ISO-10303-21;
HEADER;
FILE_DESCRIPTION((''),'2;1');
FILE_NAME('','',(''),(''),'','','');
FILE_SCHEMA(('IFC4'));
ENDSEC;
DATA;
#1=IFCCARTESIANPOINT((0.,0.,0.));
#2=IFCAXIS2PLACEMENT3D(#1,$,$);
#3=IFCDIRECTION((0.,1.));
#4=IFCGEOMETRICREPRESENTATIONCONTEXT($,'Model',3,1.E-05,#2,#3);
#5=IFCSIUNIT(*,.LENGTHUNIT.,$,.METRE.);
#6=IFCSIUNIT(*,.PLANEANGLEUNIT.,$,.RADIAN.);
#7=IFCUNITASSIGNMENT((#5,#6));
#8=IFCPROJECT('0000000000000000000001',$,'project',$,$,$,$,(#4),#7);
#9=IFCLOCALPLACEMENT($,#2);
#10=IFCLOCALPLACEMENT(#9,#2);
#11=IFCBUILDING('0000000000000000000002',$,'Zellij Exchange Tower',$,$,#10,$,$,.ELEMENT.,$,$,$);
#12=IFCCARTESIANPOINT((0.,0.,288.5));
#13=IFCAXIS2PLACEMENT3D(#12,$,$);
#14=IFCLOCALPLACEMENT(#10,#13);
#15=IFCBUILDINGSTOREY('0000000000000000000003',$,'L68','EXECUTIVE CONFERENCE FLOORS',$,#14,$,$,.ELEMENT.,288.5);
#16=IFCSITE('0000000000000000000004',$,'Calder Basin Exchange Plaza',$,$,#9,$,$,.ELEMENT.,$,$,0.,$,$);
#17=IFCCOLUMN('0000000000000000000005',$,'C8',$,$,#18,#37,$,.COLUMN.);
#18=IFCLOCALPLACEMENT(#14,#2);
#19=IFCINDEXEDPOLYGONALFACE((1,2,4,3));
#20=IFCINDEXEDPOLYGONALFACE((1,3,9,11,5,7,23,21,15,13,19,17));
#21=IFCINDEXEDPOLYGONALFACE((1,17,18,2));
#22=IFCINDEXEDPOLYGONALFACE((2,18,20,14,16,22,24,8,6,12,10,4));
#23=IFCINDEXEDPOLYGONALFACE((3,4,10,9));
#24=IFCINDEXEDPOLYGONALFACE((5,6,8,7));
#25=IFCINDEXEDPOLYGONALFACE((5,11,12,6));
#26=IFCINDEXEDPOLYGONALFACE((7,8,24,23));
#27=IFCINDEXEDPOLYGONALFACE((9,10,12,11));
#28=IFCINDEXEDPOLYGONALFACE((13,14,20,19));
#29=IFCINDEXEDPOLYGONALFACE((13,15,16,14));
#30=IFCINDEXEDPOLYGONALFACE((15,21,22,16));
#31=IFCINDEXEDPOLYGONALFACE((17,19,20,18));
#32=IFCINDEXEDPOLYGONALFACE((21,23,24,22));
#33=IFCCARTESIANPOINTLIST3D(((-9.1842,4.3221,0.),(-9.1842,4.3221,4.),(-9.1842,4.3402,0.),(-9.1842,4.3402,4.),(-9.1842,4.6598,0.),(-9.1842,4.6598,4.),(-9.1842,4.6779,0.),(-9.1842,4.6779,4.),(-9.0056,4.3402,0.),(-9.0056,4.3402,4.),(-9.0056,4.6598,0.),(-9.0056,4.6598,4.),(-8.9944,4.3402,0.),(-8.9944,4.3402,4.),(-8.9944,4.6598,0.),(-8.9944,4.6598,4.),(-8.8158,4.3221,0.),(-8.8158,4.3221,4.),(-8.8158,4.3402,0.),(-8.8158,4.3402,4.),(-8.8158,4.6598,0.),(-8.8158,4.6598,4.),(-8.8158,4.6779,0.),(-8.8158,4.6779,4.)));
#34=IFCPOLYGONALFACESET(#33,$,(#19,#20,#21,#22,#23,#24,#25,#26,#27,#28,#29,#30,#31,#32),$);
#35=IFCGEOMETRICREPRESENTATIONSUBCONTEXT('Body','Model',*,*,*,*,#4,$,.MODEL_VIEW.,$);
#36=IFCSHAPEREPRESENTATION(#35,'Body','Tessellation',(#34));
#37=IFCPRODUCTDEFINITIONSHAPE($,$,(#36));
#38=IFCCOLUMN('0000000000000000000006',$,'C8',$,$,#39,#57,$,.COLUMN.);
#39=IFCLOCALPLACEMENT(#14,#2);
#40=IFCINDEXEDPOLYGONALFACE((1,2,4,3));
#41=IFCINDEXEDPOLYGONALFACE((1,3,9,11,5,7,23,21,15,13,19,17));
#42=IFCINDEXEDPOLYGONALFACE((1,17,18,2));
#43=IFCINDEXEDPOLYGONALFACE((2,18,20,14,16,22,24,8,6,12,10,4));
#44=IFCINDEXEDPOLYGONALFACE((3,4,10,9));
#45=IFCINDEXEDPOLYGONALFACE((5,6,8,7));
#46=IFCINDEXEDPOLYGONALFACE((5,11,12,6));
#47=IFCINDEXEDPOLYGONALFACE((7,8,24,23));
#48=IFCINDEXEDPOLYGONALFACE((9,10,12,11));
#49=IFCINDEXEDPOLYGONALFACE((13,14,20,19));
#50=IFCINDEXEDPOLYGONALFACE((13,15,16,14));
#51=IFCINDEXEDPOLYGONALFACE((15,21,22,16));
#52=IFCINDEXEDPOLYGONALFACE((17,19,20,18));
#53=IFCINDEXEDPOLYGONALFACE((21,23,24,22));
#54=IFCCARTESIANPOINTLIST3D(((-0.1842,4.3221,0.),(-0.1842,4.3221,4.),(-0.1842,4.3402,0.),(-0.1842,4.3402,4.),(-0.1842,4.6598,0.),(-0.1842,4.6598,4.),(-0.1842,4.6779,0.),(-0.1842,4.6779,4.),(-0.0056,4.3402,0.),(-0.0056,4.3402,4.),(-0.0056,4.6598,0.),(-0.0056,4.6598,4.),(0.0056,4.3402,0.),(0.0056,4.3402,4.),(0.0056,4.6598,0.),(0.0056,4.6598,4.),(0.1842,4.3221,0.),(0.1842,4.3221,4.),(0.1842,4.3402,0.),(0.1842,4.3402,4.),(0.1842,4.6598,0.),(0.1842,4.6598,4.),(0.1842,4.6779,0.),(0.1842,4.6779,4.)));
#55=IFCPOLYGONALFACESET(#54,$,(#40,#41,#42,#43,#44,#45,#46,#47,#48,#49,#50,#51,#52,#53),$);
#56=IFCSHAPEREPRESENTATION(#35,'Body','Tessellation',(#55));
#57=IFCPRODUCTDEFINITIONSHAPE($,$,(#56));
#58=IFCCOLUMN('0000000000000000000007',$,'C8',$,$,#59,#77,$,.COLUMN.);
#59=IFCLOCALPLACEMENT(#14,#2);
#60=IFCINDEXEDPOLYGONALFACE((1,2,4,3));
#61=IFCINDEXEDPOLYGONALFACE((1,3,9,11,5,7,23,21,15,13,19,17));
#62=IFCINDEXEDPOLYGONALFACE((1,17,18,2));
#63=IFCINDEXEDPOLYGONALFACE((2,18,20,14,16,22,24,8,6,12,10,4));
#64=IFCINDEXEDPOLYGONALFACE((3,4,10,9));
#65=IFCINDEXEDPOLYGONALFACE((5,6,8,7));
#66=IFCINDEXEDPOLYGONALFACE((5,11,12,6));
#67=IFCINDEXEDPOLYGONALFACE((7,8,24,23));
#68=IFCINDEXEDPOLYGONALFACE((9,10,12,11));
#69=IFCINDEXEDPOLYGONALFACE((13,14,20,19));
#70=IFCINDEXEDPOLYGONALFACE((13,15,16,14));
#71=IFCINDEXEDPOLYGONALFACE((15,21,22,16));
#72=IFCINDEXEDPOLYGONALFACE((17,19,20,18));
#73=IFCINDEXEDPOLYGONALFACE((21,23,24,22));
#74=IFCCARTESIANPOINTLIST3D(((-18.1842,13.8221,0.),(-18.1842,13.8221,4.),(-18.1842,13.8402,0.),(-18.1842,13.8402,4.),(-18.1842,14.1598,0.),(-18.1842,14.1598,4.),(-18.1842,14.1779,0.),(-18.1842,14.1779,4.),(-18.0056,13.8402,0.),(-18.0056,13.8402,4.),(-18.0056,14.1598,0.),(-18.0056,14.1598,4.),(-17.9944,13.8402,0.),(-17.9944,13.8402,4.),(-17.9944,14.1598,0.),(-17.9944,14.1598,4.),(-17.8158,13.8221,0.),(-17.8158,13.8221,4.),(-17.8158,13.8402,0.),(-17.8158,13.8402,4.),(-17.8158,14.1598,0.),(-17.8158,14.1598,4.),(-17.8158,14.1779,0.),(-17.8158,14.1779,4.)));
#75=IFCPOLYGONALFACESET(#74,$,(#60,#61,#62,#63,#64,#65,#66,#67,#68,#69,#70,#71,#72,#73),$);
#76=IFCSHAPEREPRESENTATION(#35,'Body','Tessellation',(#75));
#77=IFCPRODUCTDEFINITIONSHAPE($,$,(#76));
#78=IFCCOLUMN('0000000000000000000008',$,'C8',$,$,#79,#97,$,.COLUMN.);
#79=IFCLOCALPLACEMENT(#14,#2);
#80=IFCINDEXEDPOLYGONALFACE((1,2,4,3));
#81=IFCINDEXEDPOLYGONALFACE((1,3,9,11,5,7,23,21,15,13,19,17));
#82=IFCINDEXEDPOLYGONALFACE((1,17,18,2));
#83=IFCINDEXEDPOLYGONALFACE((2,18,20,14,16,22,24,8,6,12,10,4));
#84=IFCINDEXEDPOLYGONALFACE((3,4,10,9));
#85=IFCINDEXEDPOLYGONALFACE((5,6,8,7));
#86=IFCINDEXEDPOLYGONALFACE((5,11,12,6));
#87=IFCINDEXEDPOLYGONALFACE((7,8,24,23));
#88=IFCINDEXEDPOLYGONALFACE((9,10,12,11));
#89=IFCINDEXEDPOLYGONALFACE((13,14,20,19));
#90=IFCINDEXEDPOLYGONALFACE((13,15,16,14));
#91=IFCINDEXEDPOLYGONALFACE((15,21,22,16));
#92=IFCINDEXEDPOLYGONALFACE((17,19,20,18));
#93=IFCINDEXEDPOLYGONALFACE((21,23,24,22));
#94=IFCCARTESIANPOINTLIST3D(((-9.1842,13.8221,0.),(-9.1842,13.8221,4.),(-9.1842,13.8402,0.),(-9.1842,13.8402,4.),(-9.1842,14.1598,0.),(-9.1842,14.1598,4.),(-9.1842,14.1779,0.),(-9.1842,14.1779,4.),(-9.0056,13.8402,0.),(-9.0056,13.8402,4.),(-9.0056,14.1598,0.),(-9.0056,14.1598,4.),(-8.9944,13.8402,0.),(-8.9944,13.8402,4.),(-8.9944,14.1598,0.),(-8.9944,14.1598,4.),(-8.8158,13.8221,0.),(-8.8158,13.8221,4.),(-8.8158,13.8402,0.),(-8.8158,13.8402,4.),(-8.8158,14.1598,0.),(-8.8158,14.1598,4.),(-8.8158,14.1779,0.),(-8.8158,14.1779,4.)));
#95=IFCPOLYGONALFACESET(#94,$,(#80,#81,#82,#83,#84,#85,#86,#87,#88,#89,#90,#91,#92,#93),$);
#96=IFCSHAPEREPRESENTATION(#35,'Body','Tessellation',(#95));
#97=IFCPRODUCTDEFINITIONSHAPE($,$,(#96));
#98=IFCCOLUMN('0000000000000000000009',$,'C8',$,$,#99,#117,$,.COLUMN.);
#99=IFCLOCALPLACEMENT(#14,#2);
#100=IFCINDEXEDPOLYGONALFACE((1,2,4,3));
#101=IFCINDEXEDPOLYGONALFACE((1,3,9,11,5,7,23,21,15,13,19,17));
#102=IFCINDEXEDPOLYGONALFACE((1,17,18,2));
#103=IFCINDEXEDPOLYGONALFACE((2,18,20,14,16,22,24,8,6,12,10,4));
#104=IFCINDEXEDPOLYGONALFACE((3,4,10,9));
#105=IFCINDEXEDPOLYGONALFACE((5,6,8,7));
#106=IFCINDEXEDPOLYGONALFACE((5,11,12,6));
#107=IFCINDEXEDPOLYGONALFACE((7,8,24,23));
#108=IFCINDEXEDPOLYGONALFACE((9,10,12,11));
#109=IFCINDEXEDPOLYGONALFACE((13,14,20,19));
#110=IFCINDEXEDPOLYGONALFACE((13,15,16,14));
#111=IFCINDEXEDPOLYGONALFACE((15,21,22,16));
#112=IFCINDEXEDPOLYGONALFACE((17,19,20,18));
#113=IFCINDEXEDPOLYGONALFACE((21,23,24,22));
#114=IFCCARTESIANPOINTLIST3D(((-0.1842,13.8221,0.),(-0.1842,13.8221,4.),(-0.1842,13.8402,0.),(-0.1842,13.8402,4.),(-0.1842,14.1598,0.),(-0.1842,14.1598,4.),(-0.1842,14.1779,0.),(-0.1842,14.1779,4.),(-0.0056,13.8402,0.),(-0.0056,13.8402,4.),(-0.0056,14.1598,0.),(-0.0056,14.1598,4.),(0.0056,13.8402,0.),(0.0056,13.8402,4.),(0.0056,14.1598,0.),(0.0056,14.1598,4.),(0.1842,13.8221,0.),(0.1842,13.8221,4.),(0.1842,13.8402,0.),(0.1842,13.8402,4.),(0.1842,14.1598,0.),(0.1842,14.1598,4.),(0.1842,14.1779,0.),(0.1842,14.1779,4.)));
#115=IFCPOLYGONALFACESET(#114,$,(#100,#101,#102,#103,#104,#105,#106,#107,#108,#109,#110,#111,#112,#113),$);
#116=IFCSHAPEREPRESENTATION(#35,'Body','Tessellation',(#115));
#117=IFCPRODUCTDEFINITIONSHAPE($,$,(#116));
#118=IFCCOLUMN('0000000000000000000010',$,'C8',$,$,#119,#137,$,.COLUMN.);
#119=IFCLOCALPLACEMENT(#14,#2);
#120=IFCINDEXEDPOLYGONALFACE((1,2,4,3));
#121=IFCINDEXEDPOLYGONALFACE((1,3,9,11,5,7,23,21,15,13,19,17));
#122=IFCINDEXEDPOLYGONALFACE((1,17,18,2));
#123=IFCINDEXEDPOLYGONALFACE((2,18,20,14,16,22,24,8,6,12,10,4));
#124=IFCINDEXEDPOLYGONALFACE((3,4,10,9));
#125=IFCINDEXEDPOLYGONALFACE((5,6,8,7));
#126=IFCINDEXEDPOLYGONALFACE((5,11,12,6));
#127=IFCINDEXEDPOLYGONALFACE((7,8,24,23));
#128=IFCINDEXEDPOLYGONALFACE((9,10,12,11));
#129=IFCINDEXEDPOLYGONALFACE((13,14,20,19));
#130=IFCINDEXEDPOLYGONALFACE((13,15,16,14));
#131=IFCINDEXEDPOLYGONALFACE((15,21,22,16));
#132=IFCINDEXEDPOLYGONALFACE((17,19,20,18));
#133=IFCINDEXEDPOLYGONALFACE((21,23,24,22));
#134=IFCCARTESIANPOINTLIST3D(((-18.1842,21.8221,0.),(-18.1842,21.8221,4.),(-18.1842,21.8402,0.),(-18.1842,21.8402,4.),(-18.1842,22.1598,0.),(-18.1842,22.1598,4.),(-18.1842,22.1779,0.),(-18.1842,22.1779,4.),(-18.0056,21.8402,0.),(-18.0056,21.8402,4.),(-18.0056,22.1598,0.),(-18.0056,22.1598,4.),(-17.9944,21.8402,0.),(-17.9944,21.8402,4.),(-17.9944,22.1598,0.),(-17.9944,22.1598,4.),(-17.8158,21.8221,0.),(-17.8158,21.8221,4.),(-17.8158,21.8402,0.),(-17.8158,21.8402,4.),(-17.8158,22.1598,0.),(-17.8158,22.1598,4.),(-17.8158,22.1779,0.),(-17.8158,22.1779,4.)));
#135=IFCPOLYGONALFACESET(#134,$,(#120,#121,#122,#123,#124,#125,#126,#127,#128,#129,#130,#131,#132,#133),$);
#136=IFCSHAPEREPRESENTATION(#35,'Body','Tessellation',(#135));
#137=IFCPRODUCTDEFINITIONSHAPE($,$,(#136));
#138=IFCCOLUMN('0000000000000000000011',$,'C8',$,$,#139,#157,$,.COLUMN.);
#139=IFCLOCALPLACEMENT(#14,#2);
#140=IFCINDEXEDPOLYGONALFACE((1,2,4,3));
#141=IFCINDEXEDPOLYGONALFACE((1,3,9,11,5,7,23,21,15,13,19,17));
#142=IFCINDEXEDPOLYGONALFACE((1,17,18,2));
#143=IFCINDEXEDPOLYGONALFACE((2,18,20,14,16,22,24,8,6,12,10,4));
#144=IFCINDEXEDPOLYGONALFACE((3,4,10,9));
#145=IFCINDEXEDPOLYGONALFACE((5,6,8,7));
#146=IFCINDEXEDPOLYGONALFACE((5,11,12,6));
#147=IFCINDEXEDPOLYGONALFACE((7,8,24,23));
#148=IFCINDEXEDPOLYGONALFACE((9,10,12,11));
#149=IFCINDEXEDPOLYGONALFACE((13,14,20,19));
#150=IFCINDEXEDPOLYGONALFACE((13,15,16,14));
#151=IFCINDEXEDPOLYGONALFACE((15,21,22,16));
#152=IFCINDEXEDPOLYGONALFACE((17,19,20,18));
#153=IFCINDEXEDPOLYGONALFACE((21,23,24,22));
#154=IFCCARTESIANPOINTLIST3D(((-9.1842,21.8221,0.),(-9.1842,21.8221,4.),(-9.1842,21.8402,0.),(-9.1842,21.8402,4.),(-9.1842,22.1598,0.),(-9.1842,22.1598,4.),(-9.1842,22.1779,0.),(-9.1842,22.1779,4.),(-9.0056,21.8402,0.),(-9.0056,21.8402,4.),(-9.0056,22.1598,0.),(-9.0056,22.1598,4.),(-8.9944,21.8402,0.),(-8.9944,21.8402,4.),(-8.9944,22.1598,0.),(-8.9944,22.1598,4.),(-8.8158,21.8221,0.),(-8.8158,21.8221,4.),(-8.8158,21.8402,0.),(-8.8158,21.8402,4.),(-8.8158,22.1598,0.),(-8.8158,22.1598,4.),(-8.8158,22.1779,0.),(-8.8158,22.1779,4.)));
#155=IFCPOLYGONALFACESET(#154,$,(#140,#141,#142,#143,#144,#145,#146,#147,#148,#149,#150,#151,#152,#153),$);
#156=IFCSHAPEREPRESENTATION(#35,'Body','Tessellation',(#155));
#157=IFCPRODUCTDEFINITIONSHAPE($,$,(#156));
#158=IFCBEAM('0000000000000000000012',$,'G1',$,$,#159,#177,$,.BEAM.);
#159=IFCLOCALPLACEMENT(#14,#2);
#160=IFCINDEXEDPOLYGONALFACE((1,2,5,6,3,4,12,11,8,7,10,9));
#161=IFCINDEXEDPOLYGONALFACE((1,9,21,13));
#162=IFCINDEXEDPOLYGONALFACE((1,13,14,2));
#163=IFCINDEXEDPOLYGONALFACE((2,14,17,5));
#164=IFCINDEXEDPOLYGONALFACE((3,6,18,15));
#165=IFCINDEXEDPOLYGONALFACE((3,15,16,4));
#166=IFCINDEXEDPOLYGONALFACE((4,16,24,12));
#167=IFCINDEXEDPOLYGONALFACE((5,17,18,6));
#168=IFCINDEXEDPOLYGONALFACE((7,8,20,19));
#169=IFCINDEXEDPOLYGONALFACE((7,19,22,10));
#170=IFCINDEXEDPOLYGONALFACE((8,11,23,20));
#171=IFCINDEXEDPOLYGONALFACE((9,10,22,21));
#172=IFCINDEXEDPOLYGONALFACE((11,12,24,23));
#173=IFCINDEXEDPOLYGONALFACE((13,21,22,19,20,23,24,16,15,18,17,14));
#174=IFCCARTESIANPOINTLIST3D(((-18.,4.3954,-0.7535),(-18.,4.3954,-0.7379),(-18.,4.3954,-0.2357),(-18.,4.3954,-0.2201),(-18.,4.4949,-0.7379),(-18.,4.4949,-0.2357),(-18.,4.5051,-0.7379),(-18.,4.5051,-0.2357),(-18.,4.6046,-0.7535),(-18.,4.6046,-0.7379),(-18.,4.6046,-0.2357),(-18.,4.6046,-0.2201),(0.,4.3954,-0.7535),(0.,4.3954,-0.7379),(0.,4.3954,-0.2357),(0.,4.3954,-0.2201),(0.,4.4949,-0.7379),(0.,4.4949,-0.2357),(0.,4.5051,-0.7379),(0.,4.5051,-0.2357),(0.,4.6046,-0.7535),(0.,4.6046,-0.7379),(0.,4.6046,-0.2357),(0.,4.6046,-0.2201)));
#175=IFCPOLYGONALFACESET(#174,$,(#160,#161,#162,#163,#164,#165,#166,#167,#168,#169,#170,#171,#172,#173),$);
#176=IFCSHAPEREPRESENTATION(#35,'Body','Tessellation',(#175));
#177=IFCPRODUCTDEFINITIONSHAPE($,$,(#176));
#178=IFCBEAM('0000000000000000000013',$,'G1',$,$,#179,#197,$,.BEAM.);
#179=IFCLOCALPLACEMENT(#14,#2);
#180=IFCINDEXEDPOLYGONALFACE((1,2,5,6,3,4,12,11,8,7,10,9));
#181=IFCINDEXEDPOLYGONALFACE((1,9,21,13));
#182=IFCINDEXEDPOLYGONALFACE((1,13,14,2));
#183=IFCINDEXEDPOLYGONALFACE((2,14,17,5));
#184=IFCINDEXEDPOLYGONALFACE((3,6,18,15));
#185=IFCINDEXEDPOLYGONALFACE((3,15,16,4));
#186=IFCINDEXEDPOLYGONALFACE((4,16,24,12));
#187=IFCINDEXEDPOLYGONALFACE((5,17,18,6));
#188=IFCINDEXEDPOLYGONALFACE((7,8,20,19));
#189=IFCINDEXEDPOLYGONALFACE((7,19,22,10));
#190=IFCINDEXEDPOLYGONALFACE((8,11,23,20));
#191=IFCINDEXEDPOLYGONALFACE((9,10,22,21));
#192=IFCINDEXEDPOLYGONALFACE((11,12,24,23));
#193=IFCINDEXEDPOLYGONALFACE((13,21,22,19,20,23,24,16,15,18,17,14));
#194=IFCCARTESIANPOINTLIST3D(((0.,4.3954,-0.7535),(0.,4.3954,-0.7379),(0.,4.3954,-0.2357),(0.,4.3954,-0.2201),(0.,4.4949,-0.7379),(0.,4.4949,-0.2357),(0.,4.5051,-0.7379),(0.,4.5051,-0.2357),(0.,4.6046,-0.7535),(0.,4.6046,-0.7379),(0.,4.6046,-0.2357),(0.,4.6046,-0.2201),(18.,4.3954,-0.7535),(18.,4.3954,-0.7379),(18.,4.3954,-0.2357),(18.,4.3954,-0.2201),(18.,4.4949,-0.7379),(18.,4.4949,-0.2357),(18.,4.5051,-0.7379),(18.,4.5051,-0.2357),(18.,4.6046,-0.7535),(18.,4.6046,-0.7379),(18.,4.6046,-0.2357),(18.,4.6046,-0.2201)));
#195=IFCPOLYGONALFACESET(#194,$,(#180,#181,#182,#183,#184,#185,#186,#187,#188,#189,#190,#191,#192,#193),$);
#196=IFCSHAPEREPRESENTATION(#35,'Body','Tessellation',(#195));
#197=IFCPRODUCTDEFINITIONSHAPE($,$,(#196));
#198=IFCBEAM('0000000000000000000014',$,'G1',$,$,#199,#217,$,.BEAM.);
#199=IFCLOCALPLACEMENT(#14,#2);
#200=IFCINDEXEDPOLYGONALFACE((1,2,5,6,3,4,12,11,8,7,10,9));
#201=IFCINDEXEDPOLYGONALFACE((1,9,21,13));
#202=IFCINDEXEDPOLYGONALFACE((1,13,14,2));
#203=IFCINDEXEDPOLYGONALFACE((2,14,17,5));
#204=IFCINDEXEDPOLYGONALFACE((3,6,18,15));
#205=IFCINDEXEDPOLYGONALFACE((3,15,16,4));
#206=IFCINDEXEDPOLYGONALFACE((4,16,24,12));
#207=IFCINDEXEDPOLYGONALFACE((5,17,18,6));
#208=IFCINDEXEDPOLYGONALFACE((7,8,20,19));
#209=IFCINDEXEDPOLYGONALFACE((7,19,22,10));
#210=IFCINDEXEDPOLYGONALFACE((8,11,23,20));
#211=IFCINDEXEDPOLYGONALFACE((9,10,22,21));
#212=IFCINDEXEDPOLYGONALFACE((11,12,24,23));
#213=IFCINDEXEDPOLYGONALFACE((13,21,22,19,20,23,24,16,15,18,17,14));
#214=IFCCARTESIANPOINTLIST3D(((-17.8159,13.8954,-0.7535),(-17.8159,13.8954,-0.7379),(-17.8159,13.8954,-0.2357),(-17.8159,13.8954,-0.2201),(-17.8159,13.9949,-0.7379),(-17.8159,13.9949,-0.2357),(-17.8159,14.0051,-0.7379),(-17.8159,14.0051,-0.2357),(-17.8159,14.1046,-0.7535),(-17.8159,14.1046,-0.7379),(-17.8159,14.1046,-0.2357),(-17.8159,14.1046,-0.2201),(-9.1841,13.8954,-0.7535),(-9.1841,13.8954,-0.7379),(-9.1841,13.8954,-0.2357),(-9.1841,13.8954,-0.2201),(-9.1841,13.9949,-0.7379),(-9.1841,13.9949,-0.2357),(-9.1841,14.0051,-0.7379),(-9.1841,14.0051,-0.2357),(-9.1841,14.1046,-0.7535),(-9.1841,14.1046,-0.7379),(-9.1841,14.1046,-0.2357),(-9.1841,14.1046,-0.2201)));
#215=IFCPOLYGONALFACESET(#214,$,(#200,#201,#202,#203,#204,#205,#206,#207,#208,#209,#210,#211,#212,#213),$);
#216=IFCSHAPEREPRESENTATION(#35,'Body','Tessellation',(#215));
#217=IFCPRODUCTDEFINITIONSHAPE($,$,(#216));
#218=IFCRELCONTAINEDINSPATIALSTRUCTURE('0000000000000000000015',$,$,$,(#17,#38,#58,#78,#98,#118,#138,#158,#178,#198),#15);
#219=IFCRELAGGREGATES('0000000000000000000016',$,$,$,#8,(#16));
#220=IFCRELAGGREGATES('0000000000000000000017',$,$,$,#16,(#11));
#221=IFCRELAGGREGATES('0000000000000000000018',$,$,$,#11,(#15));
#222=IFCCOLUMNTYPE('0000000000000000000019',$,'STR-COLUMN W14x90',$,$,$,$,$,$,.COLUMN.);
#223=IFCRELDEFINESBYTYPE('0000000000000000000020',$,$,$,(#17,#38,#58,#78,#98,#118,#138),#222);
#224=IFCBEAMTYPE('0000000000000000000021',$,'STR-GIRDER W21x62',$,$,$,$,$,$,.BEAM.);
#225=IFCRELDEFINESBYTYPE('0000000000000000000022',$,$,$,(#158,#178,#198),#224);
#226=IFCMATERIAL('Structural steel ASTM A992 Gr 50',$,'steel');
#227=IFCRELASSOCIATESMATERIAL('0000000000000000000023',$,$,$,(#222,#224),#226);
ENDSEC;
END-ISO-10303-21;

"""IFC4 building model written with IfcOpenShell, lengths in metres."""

from ifc_helpers import new_model, si_unit, direction, frame, origin, origin_2d, place, context, subcontext, project, spatial, i_section, extrude, material, material_profile, profile_set, type_object, element, save


model = new_model("IFC4")

# Units and contexts
model_context = context("Model", 3, precision=1e-05, world=origin(), true_north=direction((0.0, 1.0)))
body_context = subcontext(model_context, "Body", "Model", "MODEL_VIEW")
ifc_project = project(units=[si_unit("LENGTHUNIT", "METRE"), si_unit("PLANEANGLEUNIT", "RADIAN")], contexts=[model_context])

# Site, building, storey
site_placement = place(None, origin())
site = spatial("IfcSite", under=ifc_project, at=site_placement, Name="Calder Basin Exchange Plaza", CompositionType="ELEMENT", RefElevation=0.0)
building_placement = place(site_placement, origin())
building = spatial("IfcBuilding", under=site, at=building_placement, Name="Zellij Exchange Tower", CompositionType="ELEMENT")
storey_placement = place(building_placement, frame((0.0, 0.0, 288.5)))
storey = spatial("IfcBuildingStorey", under=building, at=storey_placement, Name="L68", Description="EXECUTIVE CONFERENCE FLOORS", CompositionType="ELEMENT", Elevation=288.5)

# Columns
ifc_material_1 = material(Name="Structural steel ASTM A992 Gr 50", Category="steel")
ifc_material_profile_1 = material_profile(ifc_material_1, i_section(OverallWidth=0.3684, OverallDepth=0.3557, WebThickness=0.0112, FlangeThickness=0.0181, at=origin_2d()), Name="W14x90")
ifc_profile_set_1 = profile_set([ifc_material_profile_1], Name="Structural steel ASTM A992 Gr 50")
column_type = type_object("IfcColumnType", Name="STR-COLUMN W14x90", PredefinedType="COLUMN", material=ifc_profile_set_1)
for number, where, z_axis, x_axis, name in (
    (1, (-9.0, 4.5, 0.0), (0.0, 0.0, 1.0), (1.0, 0.0, 0.0), "C8"),
    (2, (0.0, 4.5, 0.0), (0.0, 0.0, 1.0), (1.0, 0.0, 0.0), "C8"),
    (3, (-18.0, 14.0, 0.0), (0.0, 0.0, 1.0), (1.0, 0.0, 0.0), "C8"),
    (4, (-9.0, 14.0, 0.0), (0.0, 0.0, 1.0), (1.0, 0.0, 0.0), "C8"),
    (5, (0.0, 14.0, 0.0), (0.0, 0.0, 1.0), (1.0, 0.0, 0.0), "C8"),
    (6, (-18.0, 22.0, 0.0), (0.0, 0.0, 1.0), (1.0, 0.0, 0.0), "C8"),
    (7, (-9.0, 22.0, 0.0), (0.0, 0.0, 1.0), (1.0, 0.0, 0.0), "C8"),
):
    element("IfcColumn", number, at=place(storey_placement, frame(where, z_axis=z_axis, x_axis=x_axis)), inside=storey, type_object=column_type, Name=name, PredefinedType="COLUMN", context=body_context, shape_type="SweptSolid", body=[
        extrude(i_section(OverallWidth=0.3684, OverallDepth=0.3557, WebThickness=0.0112, FlangeThickness=0.0181, at=origin_2d()), origin(), (0.0, 0.0, 1.0), 4.0),
    ])

# Beams
ifc_material_profile_2 = material_profile(ifc_material_1, i_section(OverallWidth=0.2092, OverallDepth=0.5334, WebThickness=0.0103, FlangeThickness=0.0156, at=origin_2d()), Name="W21x62")
ifc_profile_set_2 = profile_set([ifc_material_profile_2], Name="Structural steel ASTM A992 Gr 50")
beam_type = type_object("IfcBeamType", Name="STR-GIRDER W21x62", PredefinedType="BEAM", material=ifc_profile_set_2)
for number, where, z_axis, x_axis, name in (
    (8, (-18.0, 4.5, -0.4868), (1.0, 0.0, 0.0), (0.0, 1.0, 0.0), "G1"),
    (9, (0.0, 4.5, -0.4868), (1.0, 0.0, 0.0), (0.0, 1.0, 0.0), "G1"),
):
    element("IfcBeam", number, at=place(storey_placement, frame(where, z_axis=z_axis, x_axis=x_axis)), inside=storey, type_object=beam_type, Name=name, PredefinedType="BEAM", context=body_context, shape_type="SweptSolid", body=[
        extrude(i_section(OverallWidth=0.2092, OverallDepth=0.5334, WebThickness=0.0103, FlangeThickness=0.0156, at=origin_2d()), origin(), (0.0, 0.0, 1.0), 18.0),
    ])
for number, where, z_axis, x_axis, name in (
    (10, (-17.8159, 14.0, -0.4868), (1.0, 0.0, 0.0), (0.0, 1.0, 0.0), "G1"),
):
    element("IfcBeam", number, at=place(storey_placement, frame(where, z_axis=z_axis, x_axis=x_axis)), inside=storey, type_object=beam_type, Name=name, PredefinedType="BEAM", context=body_context, shape_type="SweptSolid", body=[
        extrude(i_section(OverallWidth=0.2092, OverallDepth=0.5334, WebThickness=0.0103, FlangeThickness=0.0156, at=origin_2d()), origin(), (0.0, 0.0, 1.0), 8.6318),
    ])

save(model, "model.ifc")
